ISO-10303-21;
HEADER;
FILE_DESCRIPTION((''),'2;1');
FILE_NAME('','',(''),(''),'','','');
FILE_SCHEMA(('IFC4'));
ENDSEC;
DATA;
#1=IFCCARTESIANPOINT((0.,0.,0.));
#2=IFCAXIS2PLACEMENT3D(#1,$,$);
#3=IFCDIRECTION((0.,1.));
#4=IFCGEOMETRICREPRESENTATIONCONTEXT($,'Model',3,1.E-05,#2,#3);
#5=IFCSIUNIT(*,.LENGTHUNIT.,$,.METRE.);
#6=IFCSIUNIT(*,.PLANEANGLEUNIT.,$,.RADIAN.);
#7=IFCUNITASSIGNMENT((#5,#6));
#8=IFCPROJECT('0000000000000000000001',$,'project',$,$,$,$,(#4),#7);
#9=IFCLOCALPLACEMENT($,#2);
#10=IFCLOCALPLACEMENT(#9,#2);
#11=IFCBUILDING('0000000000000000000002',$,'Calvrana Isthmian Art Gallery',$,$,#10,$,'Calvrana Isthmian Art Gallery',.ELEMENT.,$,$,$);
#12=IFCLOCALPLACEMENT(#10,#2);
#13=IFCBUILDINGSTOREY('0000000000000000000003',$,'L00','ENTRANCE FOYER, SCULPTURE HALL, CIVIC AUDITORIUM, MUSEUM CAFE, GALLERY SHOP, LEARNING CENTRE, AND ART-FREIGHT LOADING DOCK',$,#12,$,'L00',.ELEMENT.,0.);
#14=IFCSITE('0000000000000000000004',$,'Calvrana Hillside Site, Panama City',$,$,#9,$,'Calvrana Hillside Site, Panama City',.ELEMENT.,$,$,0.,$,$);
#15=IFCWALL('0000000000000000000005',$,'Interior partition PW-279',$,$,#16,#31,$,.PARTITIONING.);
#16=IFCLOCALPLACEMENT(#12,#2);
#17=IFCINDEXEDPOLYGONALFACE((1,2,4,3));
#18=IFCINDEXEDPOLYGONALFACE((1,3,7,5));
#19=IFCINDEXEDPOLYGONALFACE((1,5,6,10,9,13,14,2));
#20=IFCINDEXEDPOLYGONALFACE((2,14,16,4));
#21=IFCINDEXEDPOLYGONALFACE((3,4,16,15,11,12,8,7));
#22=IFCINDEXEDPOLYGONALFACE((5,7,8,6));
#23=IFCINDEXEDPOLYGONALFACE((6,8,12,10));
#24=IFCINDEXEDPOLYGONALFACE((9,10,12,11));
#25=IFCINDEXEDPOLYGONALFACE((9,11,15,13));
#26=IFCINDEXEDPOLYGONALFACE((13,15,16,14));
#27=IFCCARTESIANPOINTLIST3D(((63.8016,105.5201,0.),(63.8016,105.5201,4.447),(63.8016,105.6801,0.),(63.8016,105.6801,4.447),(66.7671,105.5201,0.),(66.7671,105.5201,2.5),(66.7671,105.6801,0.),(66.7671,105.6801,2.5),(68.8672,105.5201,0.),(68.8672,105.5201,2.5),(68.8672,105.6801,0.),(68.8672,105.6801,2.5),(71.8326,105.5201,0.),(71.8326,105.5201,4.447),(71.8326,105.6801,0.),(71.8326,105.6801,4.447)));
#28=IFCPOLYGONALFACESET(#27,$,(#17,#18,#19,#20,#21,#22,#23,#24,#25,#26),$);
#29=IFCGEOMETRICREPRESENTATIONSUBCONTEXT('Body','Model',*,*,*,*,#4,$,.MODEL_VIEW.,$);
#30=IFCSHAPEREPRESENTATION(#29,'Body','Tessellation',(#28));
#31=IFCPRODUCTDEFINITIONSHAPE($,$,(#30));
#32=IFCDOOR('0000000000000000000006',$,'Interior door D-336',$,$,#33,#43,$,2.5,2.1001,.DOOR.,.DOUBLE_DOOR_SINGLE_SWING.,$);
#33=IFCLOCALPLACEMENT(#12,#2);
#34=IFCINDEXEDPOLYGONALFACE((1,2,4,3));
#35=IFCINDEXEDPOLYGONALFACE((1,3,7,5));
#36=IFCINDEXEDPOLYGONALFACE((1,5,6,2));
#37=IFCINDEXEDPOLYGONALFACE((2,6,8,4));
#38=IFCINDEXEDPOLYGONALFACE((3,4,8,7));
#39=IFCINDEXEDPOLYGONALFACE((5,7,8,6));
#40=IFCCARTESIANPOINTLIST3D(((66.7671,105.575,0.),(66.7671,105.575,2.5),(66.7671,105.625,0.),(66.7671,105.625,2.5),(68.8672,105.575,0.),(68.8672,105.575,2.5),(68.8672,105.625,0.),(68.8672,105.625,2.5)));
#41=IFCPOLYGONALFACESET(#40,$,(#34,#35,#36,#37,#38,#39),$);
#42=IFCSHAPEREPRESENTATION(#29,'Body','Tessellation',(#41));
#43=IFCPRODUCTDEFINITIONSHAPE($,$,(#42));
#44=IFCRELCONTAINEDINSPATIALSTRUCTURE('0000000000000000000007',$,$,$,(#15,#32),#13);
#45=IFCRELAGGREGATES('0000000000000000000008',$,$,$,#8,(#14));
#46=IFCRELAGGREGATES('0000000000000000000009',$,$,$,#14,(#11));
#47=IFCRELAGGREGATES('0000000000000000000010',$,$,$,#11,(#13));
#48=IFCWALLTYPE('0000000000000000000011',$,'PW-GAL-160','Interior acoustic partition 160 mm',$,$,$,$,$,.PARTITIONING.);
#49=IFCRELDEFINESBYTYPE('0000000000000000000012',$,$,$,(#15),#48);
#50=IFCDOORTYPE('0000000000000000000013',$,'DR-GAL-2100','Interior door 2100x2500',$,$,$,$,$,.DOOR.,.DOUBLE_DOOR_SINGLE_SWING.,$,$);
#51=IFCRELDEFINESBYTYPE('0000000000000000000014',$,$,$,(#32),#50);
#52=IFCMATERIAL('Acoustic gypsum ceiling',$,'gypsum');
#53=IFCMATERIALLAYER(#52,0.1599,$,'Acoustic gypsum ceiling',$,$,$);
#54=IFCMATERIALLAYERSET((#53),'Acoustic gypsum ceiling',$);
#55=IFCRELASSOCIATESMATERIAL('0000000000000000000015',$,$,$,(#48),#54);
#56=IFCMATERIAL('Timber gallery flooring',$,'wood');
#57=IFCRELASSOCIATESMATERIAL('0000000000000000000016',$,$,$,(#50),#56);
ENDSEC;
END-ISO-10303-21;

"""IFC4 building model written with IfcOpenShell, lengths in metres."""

from ifc_helpers import new_model, si_unit, direction, frame, frame_2d, origin, place, context, subcontext, project, spatial, rectangle, extrude, material, layer, layer_set, type_object, element, fill, save


model = new_model("IFC4")

# Units and contexts
model_context = context("Model", 3, precision=1e-05, world=origin(), true_north=direction((0.0, 1.0)))
body_context = subcontext(model_context, "Body", "Model", "MODEL_VIEW")
ifc_project = project(units=[si_unit("LENGTHUNIT", "METRE"), si_unit("PLANEANGLEUNIT", "RADIAN")], contexts=[model_context])

# Site, building, storey
site_placement = place(None, origin())
site = spatial("IfcSite", under=ifc_project, at=site_placement, Name="Calvrana Hillside Site, Panama City", LongName="Calvrana Hillside Site, Panama City", CompositionType="ELEMENT", RefElevation=0.0)
building_placement = place(site_placement, origin())
building = spatial("IfcBuilding", under=site, at=building_placement, Name="Calvrana Isthmian Art Gallery", LongName="Calvrana Isthmian Art Gallery", CompositionType="ELEMENT")
storey_placement = place(building_placement, origin())
storey = spatial("IfcBuildingStorey", under=building, at=storey_placement, Name="L00", Description="ENTRANCE FOYER, SCULPTURE HALL, CIVIC AUDITORIUM, MUSEUM CAFE, GALLERY SHOP, LEARNING CENTRE, AND ART-FREIGHT LOADING DOCK", LongName="L00", CompositionType="ELEMENT", Elevation=0.0)

# Wall, opening, door
ifc_material_1 = material(Name="Acoustic gypsum ceiling", Category="gypsum")
ifc_layer_1 = layer(ifc_material_1, 0.1599, Name="Acoustic gypsum ceiling")
ifc_layer_set_1 = layer_set([ifc_layer_1], Name="Acoustic gypsum ceiling")
wall_type = type_object("IfcWallType", Name="PW-GAL-160", Description="Interior acoustic partition 160 mm", PredefinedType="PARTITIONING", material=ifc_layer_set_1)
wall_placement = place(storey_placement, frame((63.8015, 105.6001, 0.0), z_axis=(0.0, 0.0, 1.0), x_axis=(1.0, 0.0, 0.0)))
wall = element("IfcWall", 1, at=wall_placement, inside=storey, type_object=wall_type, Name="Interior partition PW-279", PredefinedType="PARTITIONING", context=body_context, shape_type="SweptSolid", body=[
    extrude(rectangle(XDim=8.031, YDim=0.1599, at=frame_2d((4.0156, 0.0))), origin(), (0.0, 0.0, 1.0), 4.447),
])
opening_placement = place(wall_placement, frame((2.9656, 0.0, 0.0)))
opening = element("IfcOpeningElement", 2, at=opening_placement, cuts=wall, PredefinedType="OPENING", context=body_context, shape_type="SweptSolid", body=[
    extrude(rectangle(XDim=2.1001, YDim=2.5, at=frame_2d((1.05, 1.25))), frame((0.0, 0.0903, 0.0), z_axis=(0.0, -1.0, 0.0), x_axis=(1.0, 0.0, 0.0)), (0.0, 0.0, 1.0), 0.1804),
])
ifc_material_2 = material(Name="Timber gallery flooring", Category="wood")
door_type = type_object("IfcDoorType", Name="DR-GAL-2100", Description="Interior door 2100x2500", OperationType="DOUBLE_DOOR_SINGLE_SWING", PredefinedType="DOOR", material=ifc_material_2)
door_placement = place(opening_placement, origin())
door = element("IfcDoor", 3, at=door_placement, inside=storey, type_object=door_type, Name="Interior door D-336", OperationType="DOUBLE_DOOR_SINGLE_SWING", OverallHeight=2.5, OverallWidth=2.1001, PredefinedType="DOOR", context=body_context, shape_type="SweptSolid", body=[
    extrude(rectangle(XDim=2.1001, YDim=2.5, at=frame_2d((1.05, 1.25))), frame((0.0, 0.0249, 0.0), z_axis=(0.0, -1.0, 0.0), x_axis=(1.0, 0.0, 0.0)), (0.0, 0.0, 1.0), 0.05),
])
fill(opening, door)

save(model, "model.ifc")
